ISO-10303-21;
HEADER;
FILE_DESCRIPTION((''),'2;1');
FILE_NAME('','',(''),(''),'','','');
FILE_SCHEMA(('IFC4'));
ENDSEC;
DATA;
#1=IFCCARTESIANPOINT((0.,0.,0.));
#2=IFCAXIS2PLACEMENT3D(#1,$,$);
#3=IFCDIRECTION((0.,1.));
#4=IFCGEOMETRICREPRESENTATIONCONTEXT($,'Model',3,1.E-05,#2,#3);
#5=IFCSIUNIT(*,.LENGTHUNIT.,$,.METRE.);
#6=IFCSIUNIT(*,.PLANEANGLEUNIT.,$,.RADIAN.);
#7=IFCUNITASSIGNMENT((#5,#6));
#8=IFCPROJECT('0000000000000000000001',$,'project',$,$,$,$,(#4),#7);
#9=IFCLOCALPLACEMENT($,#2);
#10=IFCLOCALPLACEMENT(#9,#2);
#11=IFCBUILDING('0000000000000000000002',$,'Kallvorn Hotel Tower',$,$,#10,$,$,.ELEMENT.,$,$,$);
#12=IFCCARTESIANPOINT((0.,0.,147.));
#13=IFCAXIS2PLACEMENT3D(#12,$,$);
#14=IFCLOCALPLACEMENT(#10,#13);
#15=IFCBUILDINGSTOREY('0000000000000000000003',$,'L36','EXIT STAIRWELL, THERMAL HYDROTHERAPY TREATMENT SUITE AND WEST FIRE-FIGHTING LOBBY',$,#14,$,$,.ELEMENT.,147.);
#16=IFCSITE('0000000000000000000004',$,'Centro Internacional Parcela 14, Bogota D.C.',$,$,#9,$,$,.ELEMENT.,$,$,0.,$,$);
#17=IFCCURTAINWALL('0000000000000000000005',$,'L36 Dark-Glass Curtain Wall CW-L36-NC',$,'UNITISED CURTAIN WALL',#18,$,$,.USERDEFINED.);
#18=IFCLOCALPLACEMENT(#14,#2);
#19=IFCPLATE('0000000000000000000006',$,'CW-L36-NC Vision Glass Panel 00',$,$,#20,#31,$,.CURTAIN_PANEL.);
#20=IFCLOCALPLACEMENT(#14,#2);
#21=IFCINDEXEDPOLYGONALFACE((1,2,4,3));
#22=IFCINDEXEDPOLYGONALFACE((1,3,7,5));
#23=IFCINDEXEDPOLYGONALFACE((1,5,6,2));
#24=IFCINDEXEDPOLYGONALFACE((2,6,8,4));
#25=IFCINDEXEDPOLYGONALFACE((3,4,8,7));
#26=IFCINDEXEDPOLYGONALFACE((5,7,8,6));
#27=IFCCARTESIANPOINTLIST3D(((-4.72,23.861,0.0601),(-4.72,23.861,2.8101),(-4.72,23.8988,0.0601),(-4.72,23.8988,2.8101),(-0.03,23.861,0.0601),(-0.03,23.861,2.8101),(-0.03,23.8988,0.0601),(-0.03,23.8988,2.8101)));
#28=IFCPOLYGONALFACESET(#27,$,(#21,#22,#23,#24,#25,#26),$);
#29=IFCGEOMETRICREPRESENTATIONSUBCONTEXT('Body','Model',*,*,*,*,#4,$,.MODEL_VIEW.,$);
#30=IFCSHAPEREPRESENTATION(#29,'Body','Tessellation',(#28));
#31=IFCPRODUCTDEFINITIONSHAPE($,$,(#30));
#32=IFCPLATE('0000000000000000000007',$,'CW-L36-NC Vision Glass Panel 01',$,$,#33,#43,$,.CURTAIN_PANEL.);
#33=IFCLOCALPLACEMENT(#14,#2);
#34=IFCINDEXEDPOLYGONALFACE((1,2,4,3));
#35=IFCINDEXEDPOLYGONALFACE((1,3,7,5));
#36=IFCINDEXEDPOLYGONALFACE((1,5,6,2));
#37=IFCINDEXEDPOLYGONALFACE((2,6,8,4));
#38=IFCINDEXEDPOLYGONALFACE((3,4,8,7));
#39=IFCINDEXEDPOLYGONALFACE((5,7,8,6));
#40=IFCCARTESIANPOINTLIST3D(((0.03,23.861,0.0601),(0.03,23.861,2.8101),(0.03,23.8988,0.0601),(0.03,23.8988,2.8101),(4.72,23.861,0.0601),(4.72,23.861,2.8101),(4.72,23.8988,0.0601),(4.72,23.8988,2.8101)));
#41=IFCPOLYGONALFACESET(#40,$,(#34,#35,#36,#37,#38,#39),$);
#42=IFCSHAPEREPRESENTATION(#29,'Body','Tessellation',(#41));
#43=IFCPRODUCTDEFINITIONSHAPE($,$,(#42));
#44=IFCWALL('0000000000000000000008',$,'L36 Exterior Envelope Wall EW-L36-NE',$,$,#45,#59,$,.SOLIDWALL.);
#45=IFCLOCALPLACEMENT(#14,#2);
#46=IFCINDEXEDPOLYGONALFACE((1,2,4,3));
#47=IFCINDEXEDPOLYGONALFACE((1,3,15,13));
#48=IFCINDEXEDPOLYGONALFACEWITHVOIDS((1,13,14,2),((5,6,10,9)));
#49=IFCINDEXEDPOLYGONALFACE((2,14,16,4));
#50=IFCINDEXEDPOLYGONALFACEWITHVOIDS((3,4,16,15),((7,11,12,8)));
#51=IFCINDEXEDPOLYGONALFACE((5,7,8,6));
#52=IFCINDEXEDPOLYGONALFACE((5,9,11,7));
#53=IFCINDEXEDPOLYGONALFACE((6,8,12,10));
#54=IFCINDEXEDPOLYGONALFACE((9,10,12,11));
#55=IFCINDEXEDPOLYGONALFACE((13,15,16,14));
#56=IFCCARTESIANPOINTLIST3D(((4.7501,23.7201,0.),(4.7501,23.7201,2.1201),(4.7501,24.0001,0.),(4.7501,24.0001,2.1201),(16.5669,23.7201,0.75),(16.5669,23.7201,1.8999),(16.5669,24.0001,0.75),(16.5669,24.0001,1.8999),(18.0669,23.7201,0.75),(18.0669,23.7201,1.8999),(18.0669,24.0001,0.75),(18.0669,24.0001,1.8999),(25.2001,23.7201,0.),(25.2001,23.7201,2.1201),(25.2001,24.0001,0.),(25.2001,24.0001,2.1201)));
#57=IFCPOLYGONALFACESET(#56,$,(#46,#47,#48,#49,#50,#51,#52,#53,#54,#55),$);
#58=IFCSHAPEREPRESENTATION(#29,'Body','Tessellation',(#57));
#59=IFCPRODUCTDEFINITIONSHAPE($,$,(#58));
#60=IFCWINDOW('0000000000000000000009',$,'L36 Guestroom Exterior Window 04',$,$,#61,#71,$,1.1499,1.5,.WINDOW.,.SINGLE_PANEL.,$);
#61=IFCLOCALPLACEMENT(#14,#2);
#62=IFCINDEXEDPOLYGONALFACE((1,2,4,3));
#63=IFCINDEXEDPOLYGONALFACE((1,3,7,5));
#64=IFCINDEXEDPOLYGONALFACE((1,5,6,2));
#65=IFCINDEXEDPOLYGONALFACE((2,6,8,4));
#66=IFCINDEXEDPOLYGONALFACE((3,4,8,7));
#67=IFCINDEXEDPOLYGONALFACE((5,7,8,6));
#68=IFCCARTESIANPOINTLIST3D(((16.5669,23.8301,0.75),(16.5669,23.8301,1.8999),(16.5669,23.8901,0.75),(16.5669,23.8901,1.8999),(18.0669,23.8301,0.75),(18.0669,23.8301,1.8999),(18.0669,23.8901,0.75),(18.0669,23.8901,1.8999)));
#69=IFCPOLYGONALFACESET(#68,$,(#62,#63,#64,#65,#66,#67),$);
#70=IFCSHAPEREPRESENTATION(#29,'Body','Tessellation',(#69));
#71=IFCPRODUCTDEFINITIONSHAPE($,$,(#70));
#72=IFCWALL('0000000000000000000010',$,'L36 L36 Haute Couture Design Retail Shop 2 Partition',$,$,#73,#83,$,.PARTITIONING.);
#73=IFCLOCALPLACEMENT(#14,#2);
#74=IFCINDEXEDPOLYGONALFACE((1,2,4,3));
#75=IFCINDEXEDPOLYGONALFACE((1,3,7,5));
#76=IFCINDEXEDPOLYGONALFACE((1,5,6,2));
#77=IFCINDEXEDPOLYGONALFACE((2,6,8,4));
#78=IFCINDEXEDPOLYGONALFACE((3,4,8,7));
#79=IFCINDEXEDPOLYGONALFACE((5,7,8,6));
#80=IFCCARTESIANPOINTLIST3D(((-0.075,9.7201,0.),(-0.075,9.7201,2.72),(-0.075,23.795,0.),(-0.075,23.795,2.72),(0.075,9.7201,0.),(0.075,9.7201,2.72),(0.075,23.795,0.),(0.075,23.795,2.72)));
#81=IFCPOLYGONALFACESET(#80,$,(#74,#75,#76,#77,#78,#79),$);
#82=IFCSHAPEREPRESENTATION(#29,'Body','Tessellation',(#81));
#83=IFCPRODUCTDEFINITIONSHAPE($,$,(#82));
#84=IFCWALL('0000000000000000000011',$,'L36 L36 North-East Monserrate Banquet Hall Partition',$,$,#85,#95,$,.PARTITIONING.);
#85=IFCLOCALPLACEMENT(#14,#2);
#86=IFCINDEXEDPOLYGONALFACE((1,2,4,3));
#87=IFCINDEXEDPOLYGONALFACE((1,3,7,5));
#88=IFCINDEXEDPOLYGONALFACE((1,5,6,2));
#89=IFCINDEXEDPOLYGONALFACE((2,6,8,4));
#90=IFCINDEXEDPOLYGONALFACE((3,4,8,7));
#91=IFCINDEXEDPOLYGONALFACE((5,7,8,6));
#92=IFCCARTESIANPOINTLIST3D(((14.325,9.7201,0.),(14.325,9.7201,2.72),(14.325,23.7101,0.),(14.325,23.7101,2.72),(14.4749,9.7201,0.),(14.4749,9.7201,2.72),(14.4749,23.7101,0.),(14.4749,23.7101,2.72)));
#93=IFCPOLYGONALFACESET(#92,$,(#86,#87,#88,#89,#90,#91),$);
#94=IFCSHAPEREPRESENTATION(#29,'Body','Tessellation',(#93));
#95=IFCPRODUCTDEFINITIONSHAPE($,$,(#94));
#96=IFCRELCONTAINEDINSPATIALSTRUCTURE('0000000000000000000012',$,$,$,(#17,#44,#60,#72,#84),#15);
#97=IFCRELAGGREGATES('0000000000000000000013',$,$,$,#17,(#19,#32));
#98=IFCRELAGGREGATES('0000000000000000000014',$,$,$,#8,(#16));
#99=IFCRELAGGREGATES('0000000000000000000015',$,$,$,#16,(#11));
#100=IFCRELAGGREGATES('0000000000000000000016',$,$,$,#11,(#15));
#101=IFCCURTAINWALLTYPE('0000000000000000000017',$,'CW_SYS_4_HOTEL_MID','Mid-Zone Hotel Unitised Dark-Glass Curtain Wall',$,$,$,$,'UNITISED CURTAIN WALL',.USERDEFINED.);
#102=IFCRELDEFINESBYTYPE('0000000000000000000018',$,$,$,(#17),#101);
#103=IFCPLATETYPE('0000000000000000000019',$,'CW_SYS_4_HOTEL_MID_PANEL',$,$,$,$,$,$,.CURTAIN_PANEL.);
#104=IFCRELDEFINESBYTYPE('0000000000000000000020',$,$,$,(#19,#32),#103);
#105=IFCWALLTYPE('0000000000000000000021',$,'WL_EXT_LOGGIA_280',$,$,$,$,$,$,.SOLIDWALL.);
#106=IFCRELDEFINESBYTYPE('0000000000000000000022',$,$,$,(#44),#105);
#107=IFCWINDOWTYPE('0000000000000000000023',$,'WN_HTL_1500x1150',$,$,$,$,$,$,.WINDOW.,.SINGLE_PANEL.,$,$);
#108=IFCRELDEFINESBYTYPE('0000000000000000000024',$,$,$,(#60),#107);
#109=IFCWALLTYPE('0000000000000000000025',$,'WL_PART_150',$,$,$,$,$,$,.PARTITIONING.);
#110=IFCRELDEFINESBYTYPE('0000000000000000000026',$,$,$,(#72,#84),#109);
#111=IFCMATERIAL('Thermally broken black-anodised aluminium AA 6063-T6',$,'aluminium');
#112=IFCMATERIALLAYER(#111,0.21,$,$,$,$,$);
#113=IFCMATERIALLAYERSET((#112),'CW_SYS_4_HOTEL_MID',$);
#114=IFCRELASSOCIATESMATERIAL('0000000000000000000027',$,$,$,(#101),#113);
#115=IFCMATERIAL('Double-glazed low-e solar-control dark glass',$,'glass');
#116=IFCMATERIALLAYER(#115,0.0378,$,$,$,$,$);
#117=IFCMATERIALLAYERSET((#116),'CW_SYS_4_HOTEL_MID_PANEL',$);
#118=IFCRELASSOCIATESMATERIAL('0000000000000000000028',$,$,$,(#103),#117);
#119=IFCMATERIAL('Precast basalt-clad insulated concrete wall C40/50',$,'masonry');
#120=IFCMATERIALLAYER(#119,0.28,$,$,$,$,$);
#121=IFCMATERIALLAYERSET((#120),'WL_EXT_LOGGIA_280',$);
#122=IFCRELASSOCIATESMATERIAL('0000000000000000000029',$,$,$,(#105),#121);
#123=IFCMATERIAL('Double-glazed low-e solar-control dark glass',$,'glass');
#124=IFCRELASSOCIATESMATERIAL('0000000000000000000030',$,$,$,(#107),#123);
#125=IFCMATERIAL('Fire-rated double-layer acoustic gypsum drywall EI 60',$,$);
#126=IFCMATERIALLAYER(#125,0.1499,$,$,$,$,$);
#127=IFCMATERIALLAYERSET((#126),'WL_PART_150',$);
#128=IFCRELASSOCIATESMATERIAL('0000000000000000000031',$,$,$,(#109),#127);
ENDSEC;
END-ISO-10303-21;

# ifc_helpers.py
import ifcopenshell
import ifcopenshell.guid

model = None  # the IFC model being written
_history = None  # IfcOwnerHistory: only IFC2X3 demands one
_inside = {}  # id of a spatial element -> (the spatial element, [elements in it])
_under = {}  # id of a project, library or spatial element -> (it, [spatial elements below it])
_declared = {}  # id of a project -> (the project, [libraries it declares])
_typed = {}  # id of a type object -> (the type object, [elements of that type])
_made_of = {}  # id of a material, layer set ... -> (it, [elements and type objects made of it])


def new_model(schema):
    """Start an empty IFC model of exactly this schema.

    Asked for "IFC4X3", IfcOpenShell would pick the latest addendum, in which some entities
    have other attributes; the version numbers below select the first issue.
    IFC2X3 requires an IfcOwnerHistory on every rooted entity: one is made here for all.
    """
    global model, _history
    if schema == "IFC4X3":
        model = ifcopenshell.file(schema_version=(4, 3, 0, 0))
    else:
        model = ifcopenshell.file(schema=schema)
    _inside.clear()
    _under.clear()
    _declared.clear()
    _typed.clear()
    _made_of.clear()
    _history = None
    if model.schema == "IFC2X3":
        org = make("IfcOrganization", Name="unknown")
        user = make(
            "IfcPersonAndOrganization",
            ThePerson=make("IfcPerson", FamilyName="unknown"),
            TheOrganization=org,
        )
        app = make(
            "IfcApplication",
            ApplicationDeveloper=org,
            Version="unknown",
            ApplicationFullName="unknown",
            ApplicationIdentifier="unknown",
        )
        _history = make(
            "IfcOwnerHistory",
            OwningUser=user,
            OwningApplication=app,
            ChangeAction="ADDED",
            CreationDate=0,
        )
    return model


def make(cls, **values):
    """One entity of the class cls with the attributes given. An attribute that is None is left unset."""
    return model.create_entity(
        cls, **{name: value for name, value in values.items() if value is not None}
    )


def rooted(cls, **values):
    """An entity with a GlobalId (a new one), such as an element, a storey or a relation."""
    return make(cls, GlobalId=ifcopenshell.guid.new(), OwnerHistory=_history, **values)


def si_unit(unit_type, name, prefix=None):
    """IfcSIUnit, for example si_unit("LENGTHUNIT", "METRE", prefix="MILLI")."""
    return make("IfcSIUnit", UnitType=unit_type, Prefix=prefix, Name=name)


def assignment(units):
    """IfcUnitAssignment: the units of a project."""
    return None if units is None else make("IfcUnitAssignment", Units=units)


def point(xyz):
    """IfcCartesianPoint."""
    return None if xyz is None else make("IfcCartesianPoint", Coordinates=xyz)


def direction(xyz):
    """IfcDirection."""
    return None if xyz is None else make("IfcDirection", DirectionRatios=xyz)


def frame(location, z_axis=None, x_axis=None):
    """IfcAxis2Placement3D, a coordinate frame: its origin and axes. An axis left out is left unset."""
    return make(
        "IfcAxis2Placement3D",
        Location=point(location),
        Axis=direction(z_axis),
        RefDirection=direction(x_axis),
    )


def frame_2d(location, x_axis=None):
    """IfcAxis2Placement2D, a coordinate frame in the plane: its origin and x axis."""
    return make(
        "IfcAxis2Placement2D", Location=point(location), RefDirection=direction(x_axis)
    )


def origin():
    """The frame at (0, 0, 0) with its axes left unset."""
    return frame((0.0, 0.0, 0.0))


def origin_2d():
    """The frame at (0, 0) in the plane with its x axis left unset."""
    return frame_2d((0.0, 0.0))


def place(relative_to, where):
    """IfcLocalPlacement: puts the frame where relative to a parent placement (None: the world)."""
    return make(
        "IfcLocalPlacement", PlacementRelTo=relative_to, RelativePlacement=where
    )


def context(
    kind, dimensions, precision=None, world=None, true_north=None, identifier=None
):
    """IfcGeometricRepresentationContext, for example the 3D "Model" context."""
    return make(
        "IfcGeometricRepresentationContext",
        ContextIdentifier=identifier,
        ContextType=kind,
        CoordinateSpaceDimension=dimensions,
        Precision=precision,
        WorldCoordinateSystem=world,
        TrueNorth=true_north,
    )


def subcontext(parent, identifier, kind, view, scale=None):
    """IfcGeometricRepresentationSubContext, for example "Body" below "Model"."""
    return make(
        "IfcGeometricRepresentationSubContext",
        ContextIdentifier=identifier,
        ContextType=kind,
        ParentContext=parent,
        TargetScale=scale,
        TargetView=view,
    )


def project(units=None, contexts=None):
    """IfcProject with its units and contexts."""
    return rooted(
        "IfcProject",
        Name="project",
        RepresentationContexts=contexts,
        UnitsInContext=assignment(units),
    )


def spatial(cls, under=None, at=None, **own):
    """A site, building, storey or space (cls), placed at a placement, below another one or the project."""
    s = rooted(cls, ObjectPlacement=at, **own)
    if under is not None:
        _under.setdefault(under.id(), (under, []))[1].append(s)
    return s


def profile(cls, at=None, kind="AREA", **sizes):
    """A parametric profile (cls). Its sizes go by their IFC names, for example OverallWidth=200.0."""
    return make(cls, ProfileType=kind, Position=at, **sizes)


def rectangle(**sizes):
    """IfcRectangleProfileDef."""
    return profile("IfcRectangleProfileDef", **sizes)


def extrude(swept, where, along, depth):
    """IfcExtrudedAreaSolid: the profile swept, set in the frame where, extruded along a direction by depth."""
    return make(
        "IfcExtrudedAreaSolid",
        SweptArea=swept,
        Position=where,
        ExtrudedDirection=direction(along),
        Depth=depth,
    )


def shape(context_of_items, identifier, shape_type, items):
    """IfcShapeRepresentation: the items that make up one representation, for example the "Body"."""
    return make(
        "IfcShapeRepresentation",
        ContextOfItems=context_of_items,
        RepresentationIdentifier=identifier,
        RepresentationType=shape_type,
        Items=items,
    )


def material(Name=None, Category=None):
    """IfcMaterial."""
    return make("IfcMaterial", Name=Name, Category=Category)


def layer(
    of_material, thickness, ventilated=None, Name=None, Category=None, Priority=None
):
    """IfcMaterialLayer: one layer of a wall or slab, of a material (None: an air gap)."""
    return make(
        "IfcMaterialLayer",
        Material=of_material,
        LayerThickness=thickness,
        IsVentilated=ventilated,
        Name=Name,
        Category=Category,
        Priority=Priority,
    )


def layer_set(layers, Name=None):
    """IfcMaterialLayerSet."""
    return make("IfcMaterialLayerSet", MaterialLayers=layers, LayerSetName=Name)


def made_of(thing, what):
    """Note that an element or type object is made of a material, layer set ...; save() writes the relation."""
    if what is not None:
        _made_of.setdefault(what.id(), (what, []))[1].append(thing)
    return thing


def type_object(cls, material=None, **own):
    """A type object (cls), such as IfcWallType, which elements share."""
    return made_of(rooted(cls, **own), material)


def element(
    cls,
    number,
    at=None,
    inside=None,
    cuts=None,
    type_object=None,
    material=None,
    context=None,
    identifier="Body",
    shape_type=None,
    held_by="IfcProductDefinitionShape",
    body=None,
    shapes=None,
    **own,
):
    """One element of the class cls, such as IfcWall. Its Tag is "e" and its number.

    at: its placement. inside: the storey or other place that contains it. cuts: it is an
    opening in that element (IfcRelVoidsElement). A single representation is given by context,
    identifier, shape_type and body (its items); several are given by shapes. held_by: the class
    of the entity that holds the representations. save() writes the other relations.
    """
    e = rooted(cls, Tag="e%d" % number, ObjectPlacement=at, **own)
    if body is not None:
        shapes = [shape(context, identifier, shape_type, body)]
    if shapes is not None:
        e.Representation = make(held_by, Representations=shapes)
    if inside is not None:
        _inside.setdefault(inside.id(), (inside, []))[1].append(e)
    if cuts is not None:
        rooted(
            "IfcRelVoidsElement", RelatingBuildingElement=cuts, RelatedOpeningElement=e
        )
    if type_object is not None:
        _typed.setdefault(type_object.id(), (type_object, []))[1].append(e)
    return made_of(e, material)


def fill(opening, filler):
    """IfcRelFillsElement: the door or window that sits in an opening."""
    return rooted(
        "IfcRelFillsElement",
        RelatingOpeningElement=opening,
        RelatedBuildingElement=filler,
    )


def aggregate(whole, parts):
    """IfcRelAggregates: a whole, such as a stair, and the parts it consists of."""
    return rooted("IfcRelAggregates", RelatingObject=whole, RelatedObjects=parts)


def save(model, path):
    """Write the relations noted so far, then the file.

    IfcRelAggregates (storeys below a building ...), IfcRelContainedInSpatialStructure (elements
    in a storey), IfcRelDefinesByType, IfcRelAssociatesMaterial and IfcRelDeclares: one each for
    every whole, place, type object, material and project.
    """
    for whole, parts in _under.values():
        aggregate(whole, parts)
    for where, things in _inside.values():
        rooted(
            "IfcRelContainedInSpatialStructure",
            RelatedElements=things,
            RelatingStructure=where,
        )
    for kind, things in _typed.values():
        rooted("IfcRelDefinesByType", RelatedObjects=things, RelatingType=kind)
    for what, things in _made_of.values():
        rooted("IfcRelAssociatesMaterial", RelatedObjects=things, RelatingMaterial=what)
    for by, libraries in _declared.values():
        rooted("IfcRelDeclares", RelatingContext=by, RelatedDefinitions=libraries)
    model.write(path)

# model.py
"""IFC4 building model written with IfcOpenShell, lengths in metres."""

from ifc_helpers import new_model, si_unit, direction, frame, frame_2d, origin, origin_2d, place, context, subcontext, project, spatial, rectangle, extrude, material, layer, layer_set, type_object, element, fill, aggregate, save


model = new_model("IFC4")

# Units and contexts
model_context = context("Model", 3, precision=1e-05, world=origin(), true_north=direction((0.0, 1.0)))
body_context = subcontext(model_context, "Body", "Model", "MODEL_VIEW")
ifc_project = project(units=[si_unit("LENGTHUNIT", "METRE"), si_unit("PLANEANGLEUNIT", "RADIAN")], contexts=[model_context])

# Site, building, storey
site_placement = place(None, origin())
site = spatial("IfcSite", under=ifc_project, at=site_placement, Name="Centro Internacional Parcela 14, Bogota D.C.", CompositionType="ELEMENT", RefElevation=0.0)
building_placement = place(site_placement, origin())
building = spatial("IfcBuilding", under=site, at=building_placement, Name="Kallvorn Hotel Tower", CompositionType="ELEMENT")
storey_placement = place(building_placement, frame((0.0, 0.0, 147.0)))
storey = spatial("IfcBuildingStorey", under=building, at=storey_placement, Name="L36", Description="EXIT STAIRWELL, THERMAL HYDROTHERAPY TREATMENT SUITE AND WEST FIRE-FIGHTING LOBBY", CompositionType="ELEMENT", Elevation=147.0)

# Curtain wall, plates
ifc_material_1 = material(Name="Thermally broken black-anodised aluminium AA 6063-T6", Category="aluminium")
ifc_layer_1 = layer(ifc_material_1, 0.21)
ifc_layer_set_1 = layer_set([ifc_layer_1], Name="CW_SYS_4_HOTEL_MID")
curtain_wall_type = type_object("IfcCurtainWallType", Name="CW_SYS_4_HOTEL_MID", Description="Mid-Zone Hotel Unitised Dark-Glass Curtain Wall", ElementType="UNITISED CURTAIN WALL", PredefinedType="USERDEFINED", material=ifc_layer_set_1)
curtain_wall_placement = place(storey_placement, origin())
curtain_wall = element("IfcCurtainWall", 1, at=curtain_wall_placement, inside=storey, type_object=curtain_wall_type, Name="L36 Dark-Glass Curtain Wall CW-L36-NC", ObjectType="UNITISED CURTAIN WALL", PredefinedType="USERDEFINED")
ifc_material_2 = material(Name="Double-glazed low-e solar-control dark glass", Category="glass")
ifc_layer_2 = layer(ifc_material_2, 0.0378)
ifc_layer_set_2 = layer_set([ifc_layer_2], Name="CW_SYS_4_HOTEL_MID_PANEL")
plate_type = type_object("IfcPlateType", Name="CW_SYS_4_HOTEL_MID_PANEL", PredefinedType="CURTAIN_PANEL", material=ifc_layer_set_2)
plate_1_placement = place(storey_placement, frame((-2.375, 23.8799, 0.0601), z_axis=(0.0, 0.0, 1.0), x_axis=(1.0, 0.0, 0.0)))
plate_1 = element("IfcPlate", 2, at=plate_1_placement, type_object=plate_type, Name="CW-L36-NC Vision Glass Panel 00", PredefinedType="CURTAIN_PANEL", context=body_context, shape_type="SweptSolid", body=[
    extrude(rectangle(XDim=4.6899, YDim=0.0378, at=origin_2d()), origin(), (0.0, 0.0, 1.0), 2.75),
])
plate_2_placement = place(storey_placement, frame((2.375, 23.8799, 0.0601), z_axis=(0.0, 0.0, 1.0), x_axis=(1.0, 0.0, 0.0)))
plate_2 = element("IfcPlate", 3, at=plate_2_placement, type_object=plate_type, Name="CW-L36-NC Vision Glass Panel 01", PredefinedType="CURTAIN_PANEL", context=body_context, shape_type="SweptSolid", body=[
    extrude(rectangle(XDim=4.6899, YDim=0.0378, at=origin_2d()), origin(), (0.0, 0.0, 1.0), 2.75),
])
aggregate(curtain_wall, [plate_1, plate_2])

# Wall, opening, window
ifc_material_3 = material(Name="Precast basalt-clad insulated concrete wall C40/50", Category="masonry")
ifc_layer_3 = layer(ifc_material_3, 0.28)
ifc_layer_set_3 = layer_set([ifc_layer_3], Name="WL_EXT_LOGGIA_280")
wall_type_1 = type_object("IfcWallType", Name="WL_EXT_LOGGIA_280", PredefinedType="SOLIDWALL", material=ifc_layer_set_3)
wall_1_placement = place(storey_placement, frame((4.75, 23.8601, 0.0), z_axis=(0.0, 0.0, 1.0), x_axis=(1.0, 0.0, 0.0)))
wall_1 = element("IfcWall", 4, at=wall_1_placement, inside=storey, type_object=wall_type_1, Name="L36 Exterior Envelope Wall EW-L36-NE", PredefinedType="SOLIDWALL", context=body_context, shape_type="SweptSolid", body=[
    extrude(rectangle(XDim=20.45, YDim=0.28, at=frame_2d((10.2251, 0.0))), origin(), (0.0, 0.0, 1.0), 2.1201),
])
opening_placement = place(wall_1_placement, frame((11.8169, 0.0, 0.75)))
opening = element("IfcOpeningElement", 5, at=opening_placement, cuts=wall_1, PredefinedType="OPENING", context=body_context, shape_type="SweptSolid", body=[
    extrude(rectangle(XDim=1.5, YDim=1.1499, at=frame_2d((0.75, 0.575))), frame((0.0, 0.155, 0.0), z_axis=(0.0, -1.0, 0.0), x_axis=(1.0, 0.0, 0.0)), (0.0, 0.0, 1.0), 0.3101),
])
ifc_material_4 = material(Name="Double-glazed low-e solar-control dark glass", Category="glass")
window_type = type_object("IfcWindowType", Name="WN_HTL_1500x1150", PartitioningType="SINGLE_PANEL", PredefinedType="WINDOW", material=ifc_material_4)
window_placement = place(opening_placement, origin())
window = element("IfcWindow", 6, at=window_placement, inside=storey, type_object=window_type, Name="L36 Guestroom Exterior Window 04", OverallHeight=1.1499, OverallWidth=1.5, PartitioningType="SINGLE_PANEL", PredefinedType="WINDOW", context=body_context, shape_type="SweptSolid", body=[
    extrude(rectangle(XDim=1.5, YDim=1.1499, at=frame_2d((0.75, 0.575))), frame((0.0, 0.03, 0.0), z_axis=(0.0, -1.0, 0.0), x_axis=(1.0, 0.0, 0.0)), (0.0, 0.0, 1.0), 0.0601),
])
fill(opening, window)

# Walls
ifc_material_5 = material(Name="Fire-rated double-layer acoustic gypsum drywall EI 60")
ifc_layer_4 = layer(ifc_material_5, 0.1499)
ifc_layer_set_4 = layer_set([ifc_layer_4], Name="WL_PART_150")
wall_type_2 = type_object("IfcWallType", Name="WL_PART_150", PredefinedType="PARTITIONING", material=ifc_layer_set_4)
wall_2_placement = place(storey_placement, frame((0.0, 9.72, 0.0), z_axis=(0.0, 0.0, 1.0), x_axis=(0.0, 1.0, 0.0)))
element("IfcWall", 7, at=wall_2_placement, inside=storey, type_object=wall_type_2, Name="L36 L36 Haute Couture Design Retail Shop 2 Partition", PredefinedType="PARTITIONING", context=body_context, shape_type="SweptSolid", body=[
    extrude(rectangle(XDim=14.075, YDim=0.1499, at=frame_2d((7.0376, 0.0))), origin(), (0.0, 0.0, 1.0), 2.72),
])
wall_3_placement = place(storey_placement, frame((14.3999, 9.72, 0.0), z_axis=(0.0, 0.0, 1.0), x_axis=(0.0, 1.0, 0.0)))
element("IfcWall", 8, at=wall_3_placement, inside=storey, type_object=wall_type_2, Name="L36 L36 North-East Monserrate Banquet Hall Partition", PredefinedType="PARTITIONING", context=body_context, shape_type="SweptSolid", body=[
    extrude(rectangle(XDim=13.99, YDim=0.1499, at=frame_2d((6.9951, 0.0))), origin(), (0.0, 0.0, 1.0), 2.72),
])

save(model, "model.ifc")
